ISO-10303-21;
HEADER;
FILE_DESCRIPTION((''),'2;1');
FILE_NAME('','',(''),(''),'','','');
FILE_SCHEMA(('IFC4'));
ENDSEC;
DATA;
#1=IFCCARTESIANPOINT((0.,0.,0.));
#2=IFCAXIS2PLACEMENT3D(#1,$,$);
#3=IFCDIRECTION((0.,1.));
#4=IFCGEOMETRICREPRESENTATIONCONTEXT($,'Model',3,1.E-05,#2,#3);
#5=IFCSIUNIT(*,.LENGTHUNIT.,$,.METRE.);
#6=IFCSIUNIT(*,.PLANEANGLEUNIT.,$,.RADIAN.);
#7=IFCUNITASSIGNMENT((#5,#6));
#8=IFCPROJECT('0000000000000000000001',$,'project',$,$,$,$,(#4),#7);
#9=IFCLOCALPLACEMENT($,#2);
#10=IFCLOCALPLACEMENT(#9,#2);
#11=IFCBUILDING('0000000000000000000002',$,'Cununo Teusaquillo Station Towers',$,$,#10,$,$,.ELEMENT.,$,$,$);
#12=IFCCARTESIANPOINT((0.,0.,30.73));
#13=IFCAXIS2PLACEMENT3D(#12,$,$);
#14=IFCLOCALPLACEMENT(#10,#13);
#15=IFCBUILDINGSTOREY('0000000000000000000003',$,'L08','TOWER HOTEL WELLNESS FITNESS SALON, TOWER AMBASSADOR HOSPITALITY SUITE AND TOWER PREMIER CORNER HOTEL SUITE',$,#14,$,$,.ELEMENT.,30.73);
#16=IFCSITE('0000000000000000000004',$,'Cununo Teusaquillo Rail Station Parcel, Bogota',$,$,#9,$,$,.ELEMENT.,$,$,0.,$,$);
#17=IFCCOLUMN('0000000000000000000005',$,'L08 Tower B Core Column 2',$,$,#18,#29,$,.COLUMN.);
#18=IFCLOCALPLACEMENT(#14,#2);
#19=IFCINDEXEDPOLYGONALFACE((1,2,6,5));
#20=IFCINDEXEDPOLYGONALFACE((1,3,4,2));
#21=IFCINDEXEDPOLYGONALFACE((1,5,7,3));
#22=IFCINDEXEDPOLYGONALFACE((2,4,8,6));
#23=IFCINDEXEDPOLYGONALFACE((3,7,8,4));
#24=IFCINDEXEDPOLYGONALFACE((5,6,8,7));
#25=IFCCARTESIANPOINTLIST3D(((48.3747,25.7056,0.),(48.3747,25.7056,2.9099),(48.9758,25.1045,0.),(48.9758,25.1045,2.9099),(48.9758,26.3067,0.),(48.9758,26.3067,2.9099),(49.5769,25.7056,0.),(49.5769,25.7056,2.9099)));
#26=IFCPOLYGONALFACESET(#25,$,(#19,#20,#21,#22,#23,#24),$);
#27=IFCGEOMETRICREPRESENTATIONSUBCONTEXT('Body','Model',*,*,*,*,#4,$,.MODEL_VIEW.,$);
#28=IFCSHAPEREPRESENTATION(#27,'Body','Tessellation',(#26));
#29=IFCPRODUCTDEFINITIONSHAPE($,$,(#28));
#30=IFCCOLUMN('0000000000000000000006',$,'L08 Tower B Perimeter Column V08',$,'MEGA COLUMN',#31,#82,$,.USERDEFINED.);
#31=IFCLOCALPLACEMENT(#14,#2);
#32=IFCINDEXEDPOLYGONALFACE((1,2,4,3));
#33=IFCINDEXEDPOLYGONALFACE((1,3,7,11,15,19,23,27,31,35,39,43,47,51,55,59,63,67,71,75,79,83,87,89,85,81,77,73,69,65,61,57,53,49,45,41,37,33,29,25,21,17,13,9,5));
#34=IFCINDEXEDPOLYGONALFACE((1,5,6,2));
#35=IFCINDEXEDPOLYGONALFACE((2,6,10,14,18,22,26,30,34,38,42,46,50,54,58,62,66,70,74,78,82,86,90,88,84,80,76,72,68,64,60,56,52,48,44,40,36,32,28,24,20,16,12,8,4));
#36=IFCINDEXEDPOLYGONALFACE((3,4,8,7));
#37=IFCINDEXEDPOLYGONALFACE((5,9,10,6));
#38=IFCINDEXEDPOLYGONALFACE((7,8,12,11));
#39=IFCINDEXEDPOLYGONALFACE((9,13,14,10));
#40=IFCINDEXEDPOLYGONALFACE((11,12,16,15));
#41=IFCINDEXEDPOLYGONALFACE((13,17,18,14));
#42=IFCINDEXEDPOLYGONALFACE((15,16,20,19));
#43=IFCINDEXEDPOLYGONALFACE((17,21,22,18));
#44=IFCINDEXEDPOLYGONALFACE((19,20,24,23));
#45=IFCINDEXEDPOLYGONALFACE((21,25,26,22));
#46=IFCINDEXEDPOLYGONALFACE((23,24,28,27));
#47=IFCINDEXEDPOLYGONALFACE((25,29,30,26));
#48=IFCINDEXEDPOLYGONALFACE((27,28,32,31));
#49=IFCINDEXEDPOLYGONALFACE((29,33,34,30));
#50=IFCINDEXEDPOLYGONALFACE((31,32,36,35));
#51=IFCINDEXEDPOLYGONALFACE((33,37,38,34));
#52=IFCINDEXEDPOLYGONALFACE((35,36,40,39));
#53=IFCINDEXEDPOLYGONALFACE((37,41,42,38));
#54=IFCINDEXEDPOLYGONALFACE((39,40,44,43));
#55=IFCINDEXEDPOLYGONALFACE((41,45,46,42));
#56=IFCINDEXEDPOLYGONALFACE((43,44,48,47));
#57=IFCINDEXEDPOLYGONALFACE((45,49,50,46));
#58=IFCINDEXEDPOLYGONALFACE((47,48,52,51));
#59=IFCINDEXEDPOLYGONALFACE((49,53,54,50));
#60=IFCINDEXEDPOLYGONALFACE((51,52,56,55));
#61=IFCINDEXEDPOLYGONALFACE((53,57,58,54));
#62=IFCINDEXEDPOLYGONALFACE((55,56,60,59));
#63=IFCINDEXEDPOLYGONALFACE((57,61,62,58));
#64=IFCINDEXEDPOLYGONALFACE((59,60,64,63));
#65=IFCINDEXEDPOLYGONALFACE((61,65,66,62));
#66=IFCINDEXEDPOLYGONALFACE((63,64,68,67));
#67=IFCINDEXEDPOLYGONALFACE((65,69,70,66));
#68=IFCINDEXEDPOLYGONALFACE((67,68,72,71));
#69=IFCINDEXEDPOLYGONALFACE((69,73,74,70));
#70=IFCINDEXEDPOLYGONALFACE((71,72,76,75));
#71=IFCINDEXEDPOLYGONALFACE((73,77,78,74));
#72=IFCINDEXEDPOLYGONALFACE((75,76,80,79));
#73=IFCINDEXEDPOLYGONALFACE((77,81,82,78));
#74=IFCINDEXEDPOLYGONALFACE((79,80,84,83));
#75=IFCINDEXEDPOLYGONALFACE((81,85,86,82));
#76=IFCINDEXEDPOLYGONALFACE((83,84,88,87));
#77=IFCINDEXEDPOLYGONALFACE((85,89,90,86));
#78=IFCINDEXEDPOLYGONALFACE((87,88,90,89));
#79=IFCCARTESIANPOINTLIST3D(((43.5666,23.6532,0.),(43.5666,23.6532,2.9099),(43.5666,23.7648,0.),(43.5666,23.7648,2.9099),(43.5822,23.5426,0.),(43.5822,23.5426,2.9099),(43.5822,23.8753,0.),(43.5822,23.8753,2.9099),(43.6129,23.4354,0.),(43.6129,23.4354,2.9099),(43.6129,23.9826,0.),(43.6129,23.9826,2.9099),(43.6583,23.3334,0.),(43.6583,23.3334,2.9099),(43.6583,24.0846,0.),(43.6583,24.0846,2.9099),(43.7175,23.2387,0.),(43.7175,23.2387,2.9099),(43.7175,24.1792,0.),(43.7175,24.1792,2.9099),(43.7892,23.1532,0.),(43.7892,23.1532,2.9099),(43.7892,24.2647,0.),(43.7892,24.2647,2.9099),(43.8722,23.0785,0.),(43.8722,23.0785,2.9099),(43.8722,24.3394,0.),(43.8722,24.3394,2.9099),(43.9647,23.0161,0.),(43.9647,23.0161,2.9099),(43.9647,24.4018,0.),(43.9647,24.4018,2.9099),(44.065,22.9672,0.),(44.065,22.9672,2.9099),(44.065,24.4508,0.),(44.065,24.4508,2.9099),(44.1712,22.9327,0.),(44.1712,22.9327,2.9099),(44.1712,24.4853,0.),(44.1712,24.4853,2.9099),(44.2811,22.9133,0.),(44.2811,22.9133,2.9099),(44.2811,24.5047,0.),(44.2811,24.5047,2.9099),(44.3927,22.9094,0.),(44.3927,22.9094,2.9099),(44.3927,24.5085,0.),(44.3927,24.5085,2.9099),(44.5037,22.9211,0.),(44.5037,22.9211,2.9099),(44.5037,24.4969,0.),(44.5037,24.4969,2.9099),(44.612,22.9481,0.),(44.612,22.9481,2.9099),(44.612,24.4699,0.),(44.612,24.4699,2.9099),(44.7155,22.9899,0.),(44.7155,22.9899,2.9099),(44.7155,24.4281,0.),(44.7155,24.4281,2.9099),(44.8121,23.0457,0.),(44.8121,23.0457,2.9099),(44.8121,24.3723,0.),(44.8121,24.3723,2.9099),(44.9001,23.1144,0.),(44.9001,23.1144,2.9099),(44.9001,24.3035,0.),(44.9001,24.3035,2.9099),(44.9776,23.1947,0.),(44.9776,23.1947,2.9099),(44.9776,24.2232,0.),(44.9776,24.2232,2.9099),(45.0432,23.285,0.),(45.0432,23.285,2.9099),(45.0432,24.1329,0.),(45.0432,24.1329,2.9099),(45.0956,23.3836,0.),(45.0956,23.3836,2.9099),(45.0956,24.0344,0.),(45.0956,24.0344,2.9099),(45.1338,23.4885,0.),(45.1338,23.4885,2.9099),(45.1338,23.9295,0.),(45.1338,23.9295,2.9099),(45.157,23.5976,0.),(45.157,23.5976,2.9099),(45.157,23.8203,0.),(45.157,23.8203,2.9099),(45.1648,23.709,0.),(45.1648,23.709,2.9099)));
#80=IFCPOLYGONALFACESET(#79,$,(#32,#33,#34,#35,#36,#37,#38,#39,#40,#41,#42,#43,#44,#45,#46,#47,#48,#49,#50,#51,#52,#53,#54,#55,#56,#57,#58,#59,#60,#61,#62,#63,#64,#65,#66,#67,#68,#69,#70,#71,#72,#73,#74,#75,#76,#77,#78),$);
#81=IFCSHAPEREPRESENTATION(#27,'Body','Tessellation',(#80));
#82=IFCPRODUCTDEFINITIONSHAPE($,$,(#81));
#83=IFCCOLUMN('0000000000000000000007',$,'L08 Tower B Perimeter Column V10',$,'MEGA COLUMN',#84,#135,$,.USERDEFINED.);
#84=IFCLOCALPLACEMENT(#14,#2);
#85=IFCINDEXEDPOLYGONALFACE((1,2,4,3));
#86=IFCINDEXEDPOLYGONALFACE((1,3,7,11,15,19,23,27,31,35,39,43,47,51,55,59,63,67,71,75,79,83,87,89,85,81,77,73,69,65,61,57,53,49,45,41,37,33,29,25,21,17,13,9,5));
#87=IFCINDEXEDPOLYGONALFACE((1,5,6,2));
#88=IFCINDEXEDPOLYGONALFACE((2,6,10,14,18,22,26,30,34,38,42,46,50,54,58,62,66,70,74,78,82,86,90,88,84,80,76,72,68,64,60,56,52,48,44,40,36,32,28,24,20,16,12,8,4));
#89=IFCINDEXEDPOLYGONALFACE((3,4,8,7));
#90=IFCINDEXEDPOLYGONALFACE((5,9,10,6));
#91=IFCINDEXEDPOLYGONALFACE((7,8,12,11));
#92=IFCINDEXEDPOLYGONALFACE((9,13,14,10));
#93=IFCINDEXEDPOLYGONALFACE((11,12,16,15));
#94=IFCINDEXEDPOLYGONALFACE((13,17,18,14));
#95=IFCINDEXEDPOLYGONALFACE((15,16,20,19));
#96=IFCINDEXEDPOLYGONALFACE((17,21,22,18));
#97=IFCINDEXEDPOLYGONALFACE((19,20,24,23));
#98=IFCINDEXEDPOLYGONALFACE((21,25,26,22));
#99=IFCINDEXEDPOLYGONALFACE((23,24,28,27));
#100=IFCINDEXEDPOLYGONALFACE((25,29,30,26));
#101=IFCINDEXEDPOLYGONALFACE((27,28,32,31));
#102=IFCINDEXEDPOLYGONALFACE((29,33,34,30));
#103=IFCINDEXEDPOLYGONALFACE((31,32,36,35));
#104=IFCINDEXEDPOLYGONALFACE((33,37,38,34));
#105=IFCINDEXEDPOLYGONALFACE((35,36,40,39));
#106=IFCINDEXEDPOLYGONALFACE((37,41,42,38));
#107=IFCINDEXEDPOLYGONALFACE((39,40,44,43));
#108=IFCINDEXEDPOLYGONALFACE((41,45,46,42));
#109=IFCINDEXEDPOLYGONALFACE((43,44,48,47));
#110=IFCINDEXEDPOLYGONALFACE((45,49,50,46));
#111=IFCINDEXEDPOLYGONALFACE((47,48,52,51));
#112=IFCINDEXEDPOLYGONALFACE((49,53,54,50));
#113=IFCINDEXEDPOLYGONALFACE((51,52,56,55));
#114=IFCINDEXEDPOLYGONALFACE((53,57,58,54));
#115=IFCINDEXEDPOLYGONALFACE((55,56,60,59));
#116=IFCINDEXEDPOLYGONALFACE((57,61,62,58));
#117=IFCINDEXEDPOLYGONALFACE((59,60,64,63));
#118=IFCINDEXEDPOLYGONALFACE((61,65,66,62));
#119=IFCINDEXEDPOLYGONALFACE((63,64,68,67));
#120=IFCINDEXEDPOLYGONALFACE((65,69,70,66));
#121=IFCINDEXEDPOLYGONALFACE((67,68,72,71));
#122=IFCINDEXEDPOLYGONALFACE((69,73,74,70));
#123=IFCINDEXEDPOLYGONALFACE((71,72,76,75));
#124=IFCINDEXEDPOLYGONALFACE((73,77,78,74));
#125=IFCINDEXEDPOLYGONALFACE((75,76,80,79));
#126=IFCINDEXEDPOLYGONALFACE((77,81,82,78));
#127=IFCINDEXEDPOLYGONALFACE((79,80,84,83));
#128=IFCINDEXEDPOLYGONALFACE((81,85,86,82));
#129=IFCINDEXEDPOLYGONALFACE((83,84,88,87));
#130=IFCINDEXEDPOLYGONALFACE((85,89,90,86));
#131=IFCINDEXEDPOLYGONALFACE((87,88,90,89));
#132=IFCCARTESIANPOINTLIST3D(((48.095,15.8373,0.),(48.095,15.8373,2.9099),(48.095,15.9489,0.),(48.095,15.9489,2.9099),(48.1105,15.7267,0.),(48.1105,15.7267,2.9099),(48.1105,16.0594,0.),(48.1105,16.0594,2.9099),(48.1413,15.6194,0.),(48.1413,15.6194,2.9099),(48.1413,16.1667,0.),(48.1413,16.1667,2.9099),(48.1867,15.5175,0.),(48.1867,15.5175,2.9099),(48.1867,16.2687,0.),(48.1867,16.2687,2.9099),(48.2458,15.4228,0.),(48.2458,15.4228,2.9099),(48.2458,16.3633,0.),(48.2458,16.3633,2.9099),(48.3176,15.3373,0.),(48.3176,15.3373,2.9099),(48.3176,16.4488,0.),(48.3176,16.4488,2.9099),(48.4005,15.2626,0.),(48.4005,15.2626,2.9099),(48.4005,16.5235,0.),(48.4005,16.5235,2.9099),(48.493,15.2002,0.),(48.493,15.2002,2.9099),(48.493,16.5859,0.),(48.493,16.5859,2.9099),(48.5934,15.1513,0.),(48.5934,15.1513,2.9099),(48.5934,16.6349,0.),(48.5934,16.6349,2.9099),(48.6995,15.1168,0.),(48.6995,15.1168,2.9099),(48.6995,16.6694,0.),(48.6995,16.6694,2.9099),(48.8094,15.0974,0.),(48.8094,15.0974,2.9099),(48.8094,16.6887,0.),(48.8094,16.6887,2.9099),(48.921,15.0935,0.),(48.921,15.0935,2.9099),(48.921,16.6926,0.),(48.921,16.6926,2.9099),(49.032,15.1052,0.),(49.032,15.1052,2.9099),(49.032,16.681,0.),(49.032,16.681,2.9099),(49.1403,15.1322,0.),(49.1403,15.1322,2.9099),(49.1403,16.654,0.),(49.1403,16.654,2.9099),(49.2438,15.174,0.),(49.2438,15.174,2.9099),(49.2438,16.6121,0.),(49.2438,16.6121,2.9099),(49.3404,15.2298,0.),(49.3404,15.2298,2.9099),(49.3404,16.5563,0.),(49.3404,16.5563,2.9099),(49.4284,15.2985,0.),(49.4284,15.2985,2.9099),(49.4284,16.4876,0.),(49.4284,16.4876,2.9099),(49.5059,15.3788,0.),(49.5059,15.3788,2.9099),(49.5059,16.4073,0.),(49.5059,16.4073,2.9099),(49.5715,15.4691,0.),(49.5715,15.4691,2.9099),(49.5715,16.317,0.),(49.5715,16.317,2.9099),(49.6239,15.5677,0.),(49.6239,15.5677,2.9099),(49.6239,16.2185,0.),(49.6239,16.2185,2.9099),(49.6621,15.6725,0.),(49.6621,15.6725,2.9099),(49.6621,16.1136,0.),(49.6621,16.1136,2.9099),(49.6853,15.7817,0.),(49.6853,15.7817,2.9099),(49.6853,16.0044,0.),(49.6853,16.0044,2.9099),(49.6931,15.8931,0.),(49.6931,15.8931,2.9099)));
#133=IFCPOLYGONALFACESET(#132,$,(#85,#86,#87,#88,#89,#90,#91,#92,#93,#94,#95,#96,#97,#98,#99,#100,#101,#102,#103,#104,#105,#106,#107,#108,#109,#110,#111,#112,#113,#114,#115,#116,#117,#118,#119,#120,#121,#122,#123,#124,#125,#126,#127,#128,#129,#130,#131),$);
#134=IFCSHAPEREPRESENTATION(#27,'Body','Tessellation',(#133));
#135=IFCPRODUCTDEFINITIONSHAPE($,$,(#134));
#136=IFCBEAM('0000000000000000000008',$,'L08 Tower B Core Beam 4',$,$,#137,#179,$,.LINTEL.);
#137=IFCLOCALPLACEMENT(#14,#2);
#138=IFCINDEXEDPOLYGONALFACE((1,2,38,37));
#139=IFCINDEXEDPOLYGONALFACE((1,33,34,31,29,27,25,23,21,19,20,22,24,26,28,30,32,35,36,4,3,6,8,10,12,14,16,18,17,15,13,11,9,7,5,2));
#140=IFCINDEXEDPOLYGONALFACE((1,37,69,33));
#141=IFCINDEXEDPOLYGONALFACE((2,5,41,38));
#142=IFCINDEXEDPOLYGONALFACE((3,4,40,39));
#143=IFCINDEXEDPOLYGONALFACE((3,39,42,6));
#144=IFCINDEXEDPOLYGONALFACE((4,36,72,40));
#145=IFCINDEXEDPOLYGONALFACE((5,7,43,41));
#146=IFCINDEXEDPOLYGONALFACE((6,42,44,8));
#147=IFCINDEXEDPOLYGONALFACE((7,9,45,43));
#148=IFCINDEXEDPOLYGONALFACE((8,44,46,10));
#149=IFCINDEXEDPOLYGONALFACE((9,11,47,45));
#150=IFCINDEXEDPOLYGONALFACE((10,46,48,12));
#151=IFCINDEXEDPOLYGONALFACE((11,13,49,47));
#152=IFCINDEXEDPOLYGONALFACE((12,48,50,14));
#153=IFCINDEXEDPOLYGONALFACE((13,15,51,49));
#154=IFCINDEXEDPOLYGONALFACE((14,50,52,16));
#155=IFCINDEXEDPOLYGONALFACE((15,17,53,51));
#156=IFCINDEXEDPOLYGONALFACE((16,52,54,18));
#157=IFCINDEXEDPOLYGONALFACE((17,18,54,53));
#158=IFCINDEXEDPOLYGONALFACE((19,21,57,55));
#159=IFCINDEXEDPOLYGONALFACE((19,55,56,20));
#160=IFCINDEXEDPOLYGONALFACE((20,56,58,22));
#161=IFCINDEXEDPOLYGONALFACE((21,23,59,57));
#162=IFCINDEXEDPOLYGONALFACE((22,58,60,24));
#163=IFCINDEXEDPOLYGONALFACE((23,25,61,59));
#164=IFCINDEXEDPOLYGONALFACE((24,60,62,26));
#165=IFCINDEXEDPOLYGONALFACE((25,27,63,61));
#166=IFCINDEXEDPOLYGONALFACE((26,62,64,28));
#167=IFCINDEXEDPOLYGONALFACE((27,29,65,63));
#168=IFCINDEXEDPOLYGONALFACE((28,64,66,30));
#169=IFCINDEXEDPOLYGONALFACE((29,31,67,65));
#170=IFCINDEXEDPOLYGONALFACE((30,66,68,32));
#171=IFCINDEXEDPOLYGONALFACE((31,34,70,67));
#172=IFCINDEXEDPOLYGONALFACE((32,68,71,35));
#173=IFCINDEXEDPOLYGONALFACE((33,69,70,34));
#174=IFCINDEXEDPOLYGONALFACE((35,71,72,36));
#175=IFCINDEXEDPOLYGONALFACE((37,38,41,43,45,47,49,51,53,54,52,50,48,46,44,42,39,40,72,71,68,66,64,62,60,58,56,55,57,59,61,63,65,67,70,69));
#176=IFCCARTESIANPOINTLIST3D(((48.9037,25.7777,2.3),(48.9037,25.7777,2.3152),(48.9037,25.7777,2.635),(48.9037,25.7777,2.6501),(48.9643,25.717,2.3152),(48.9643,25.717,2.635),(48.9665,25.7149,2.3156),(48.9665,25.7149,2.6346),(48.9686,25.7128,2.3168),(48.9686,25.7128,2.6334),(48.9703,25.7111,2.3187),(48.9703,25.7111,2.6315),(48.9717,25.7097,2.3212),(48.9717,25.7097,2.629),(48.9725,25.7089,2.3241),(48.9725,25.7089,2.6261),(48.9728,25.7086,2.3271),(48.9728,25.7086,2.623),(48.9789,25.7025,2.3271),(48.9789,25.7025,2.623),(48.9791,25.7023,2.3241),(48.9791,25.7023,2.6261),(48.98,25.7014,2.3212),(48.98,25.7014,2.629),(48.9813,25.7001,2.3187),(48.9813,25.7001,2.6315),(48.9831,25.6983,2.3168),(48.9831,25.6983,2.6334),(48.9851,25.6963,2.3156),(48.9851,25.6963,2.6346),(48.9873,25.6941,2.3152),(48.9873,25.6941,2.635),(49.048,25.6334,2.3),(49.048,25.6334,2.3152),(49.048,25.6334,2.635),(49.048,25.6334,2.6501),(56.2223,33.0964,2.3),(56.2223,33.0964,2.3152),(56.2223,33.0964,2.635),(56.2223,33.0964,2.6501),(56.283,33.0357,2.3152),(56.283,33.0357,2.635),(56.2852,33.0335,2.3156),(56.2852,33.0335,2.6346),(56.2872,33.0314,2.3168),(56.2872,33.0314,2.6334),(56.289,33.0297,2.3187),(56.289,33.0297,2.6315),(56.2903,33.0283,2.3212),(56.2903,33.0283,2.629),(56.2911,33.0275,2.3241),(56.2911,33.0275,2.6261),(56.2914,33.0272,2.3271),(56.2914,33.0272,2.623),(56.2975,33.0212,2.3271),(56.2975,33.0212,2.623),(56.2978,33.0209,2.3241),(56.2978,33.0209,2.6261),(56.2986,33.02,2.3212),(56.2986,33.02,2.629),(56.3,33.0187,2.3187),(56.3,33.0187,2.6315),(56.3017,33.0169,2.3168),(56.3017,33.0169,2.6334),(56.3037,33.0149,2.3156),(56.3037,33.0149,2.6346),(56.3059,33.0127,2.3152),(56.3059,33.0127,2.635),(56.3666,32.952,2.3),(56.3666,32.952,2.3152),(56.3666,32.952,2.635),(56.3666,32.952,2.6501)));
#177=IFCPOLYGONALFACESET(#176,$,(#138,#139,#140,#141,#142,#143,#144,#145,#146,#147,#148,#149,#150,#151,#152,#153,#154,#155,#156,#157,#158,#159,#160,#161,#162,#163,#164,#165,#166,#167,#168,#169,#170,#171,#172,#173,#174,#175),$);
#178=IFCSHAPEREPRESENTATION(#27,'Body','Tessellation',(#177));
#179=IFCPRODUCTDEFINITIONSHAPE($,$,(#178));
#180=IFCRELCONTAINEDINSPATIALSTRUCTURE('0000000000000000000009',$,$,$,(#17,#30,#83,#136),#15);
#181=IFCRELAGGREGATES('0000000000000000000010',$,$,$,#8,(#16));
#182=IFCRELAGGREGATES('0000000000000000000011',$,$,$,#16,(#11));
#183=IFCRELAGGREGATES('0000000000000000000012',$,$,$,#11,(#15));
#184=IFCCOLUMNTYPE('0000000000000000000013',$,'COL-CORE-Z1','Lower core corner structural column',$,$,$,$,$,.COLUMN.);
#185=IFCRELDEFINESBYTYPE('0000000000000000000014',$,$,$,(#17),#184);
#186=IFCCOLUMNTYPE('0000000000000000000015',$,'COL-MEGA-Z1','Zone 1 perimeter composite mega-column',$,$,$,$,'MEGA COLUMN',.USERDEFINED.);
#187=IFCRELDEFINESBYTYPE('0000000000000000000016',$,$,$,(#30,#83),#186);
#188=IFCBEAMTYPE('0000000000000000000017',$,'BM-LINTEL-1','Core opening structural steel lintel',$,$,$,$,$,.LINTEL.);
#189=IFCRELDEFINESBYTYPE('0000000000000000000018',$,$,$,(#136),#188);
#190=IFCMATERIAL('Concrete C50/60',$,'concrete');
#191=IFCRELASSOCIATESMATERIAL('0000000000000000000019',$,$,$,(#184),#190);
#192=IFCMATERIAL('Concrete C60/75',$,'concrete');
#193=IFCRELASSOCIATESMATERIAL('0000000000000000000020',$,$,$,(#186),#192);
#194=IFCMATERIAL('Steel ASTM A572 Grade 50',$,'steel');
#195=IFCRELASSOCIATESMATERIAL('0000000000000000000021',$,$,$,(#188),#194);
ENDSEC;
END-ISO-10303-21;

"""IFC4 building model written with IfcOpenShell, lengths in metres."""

from ifc_helpers import new_model, si_unit, direction, frame, origin, origin_2d, place, context, subcontext, project, spatial, rectangle, circle, i_section, extrude, material, material_profile, profile_set, type_object, element, save


model = new_model("IFC4")

# Units and contexts
model_context = context("Model", 3, precision=1e-05, world=origin(), true_north=direction((0.0, 1.0)))
body_context = subcontext(model_context, "Body", "Model", "MODEL_VIEW")
ifc_project = project(units=[si_unit("LENGTHUNIT", "METRE"), si_unit("PLANEANGLEUNIT", "RADIAN")], contexts=[model_context])

# Site, building, storey
site_placement = place(None, origin())
site = spatial("IfcSite", under=ifc_project, at=site_placement, Name="Cununo Teusaquillo Rail Station Parcel, Bogota", CompositionType="ELEMENT", RefElevation=0.0)
building_placement = place(site_placement, origin())
building = spatial("IfcBuilding", under=site, at=building_placement, Name="Cununo Teusaquillo Station Towers", CompositionType="ELEMENT")
storey_placement = place(building_placement, frame((0.0, 0.0, 30.73)))
storey = spatial("IfcBuildingStorey", under=building, at=storey_placement, Name="L08", Description="TOWER HOTEL WELLNESS FITNESS SALON, TOWER AMBASSADOR HOSPITALITY SUITE AND TOWER PREMIER CORNER HOTEL SUITE", CompositionType="ELEMENT", Elevation=30.73)

# Columns
ifc_material_1 = material(Name="Concrete C50/60", Category="concrete")
ifc_material_profile_1 = material_profile(ifc_material_1, rectangle(XDim=0.8501, YDim=0.8501, at=origin_2d()), Name="RC-RECT-850x850")
ifc_profile_set_1 = profile_set([ifc_material_profile_1], Name="Concrete C50/60")
column_type_1 = type_object("IfcColumnType", Name="COL-CORE-Z1", Description="Lower core corner structural column", PredefinedType="COLUMN", material=ifc_profile_set_1)
column_placement = place(storey_placement, frame((48.9758, 25.7056, 0.0), z_axis=(0.0, 0.0, 1.0), x_axis=(0.707107, 0.707107, 0.0)))
element("IfcColumn", 1, at=column_placement, inside=storey, type_object=column_type_1, Name="L08 Tower B Core Column 2", PredefinedType="COLUMN", context=body_context, shape_type="SweptSolid", body=[
    extrude(rectangle(XDim=0.8501, YDim=0.8501, at=origin_2d()), origin(), (0.0, 0.0, 1.0), 2.9099),
])
ifc_material_2 = material(Name="Concrete C60/75", Category="concrete")
ifc_material_profile_2 = material_profile(ifc_material_2, circle(Radius=0.8, at=origin_2d()), Name="RC-CIRC-1600")
ifc_profile_set_2 = profile_set([ifc_material_profile_2], Name="Concrete C60/75")
column_type_2 = type_object("IfcColumnType", Name="COL-MEGA-Z1", Description="Zone 1 perimeter composite mega-column", ElementType="MEGA COLUMN", PredefinedType="USERDEFINED", material=ifc_profile_set_2)
for number, where, z_axis, x_axis, name in (
    (2, (44.3647, 23.709, 0.0), (0.0, 0.0, 1.0), (1.0, 0.0, 0.0), "L08 Tower B Perimeter Column V08"),
    (3, (48.8931, 15.8931, 0.0), (0.0, 0.0, 1.0), (1.0, 0.0, 0.0), "L08 Tower B Perimeter Column V10"),
):
    element("IfcColumn", number, at=place(storey_placement, frame(where, z_axis=z_axis, x_axis=x_axis)), inside=storey, type_object=column_type_2, Name=name, ObjectType="MEGA COLUMN", PredefinedType="USERDEFINED", context=body_context, shape_type="SweptSolid", body=[
        extrude(circle(Radius=0.8, at=origin_2d()), origin(), (0.0, 0.0, 1.0), 2.9099),
    ])

# Beam
ifc_material_3 = material(Name="Steel ASTM A572 Grade 50", Category="steel")
ifc_material_profile_3 = material_profile(ifc_material_3, i_section(OverallWidth=0.2041, OverallDepth=0.3501, WebThickness=0.0085, FlangeThickness=0.0151, FilletRadius=0.012, at=origin_2d()), Name="W14X48")
ifc_profile_set_3 = profile_set([ifc_material_profile_3], Name="Steel ASTM A572 Grade 50")
beam_type_1 = type_object("IfcBeamType", Name="BM-LINTEL-1", Description="Core opening structural steel lintel", PredefinedType="LINTEL", material=ifc_profile_set_3)
beam_1_placement = place(storey_placement, frame((48.9758, 25.7056, 2.4751), z_axis=(0.707107, 0.707107, 0.0), x_axis=(-0.707107, 0.707107, 0.0)))
element("IfcBeam", 4, at=beam_1_placement, inside=storey, type_object=beam_type_1, Name="L08 Tower B Core Beam 4", PredefinedType="LINTEL", context=body_context, shape_type="SweptSolid", body=[
    extrude(i_section(OverallWidth=0.2041, OverallDepth=0.3501, WebThickness=0.0085, FlangeThickness=0.0151, FilletRadius=0.012, at=origin_2d()), origin(), (0.0, 0.0, 1.0), 10.3501),
])

save(model, "model.ifc")
